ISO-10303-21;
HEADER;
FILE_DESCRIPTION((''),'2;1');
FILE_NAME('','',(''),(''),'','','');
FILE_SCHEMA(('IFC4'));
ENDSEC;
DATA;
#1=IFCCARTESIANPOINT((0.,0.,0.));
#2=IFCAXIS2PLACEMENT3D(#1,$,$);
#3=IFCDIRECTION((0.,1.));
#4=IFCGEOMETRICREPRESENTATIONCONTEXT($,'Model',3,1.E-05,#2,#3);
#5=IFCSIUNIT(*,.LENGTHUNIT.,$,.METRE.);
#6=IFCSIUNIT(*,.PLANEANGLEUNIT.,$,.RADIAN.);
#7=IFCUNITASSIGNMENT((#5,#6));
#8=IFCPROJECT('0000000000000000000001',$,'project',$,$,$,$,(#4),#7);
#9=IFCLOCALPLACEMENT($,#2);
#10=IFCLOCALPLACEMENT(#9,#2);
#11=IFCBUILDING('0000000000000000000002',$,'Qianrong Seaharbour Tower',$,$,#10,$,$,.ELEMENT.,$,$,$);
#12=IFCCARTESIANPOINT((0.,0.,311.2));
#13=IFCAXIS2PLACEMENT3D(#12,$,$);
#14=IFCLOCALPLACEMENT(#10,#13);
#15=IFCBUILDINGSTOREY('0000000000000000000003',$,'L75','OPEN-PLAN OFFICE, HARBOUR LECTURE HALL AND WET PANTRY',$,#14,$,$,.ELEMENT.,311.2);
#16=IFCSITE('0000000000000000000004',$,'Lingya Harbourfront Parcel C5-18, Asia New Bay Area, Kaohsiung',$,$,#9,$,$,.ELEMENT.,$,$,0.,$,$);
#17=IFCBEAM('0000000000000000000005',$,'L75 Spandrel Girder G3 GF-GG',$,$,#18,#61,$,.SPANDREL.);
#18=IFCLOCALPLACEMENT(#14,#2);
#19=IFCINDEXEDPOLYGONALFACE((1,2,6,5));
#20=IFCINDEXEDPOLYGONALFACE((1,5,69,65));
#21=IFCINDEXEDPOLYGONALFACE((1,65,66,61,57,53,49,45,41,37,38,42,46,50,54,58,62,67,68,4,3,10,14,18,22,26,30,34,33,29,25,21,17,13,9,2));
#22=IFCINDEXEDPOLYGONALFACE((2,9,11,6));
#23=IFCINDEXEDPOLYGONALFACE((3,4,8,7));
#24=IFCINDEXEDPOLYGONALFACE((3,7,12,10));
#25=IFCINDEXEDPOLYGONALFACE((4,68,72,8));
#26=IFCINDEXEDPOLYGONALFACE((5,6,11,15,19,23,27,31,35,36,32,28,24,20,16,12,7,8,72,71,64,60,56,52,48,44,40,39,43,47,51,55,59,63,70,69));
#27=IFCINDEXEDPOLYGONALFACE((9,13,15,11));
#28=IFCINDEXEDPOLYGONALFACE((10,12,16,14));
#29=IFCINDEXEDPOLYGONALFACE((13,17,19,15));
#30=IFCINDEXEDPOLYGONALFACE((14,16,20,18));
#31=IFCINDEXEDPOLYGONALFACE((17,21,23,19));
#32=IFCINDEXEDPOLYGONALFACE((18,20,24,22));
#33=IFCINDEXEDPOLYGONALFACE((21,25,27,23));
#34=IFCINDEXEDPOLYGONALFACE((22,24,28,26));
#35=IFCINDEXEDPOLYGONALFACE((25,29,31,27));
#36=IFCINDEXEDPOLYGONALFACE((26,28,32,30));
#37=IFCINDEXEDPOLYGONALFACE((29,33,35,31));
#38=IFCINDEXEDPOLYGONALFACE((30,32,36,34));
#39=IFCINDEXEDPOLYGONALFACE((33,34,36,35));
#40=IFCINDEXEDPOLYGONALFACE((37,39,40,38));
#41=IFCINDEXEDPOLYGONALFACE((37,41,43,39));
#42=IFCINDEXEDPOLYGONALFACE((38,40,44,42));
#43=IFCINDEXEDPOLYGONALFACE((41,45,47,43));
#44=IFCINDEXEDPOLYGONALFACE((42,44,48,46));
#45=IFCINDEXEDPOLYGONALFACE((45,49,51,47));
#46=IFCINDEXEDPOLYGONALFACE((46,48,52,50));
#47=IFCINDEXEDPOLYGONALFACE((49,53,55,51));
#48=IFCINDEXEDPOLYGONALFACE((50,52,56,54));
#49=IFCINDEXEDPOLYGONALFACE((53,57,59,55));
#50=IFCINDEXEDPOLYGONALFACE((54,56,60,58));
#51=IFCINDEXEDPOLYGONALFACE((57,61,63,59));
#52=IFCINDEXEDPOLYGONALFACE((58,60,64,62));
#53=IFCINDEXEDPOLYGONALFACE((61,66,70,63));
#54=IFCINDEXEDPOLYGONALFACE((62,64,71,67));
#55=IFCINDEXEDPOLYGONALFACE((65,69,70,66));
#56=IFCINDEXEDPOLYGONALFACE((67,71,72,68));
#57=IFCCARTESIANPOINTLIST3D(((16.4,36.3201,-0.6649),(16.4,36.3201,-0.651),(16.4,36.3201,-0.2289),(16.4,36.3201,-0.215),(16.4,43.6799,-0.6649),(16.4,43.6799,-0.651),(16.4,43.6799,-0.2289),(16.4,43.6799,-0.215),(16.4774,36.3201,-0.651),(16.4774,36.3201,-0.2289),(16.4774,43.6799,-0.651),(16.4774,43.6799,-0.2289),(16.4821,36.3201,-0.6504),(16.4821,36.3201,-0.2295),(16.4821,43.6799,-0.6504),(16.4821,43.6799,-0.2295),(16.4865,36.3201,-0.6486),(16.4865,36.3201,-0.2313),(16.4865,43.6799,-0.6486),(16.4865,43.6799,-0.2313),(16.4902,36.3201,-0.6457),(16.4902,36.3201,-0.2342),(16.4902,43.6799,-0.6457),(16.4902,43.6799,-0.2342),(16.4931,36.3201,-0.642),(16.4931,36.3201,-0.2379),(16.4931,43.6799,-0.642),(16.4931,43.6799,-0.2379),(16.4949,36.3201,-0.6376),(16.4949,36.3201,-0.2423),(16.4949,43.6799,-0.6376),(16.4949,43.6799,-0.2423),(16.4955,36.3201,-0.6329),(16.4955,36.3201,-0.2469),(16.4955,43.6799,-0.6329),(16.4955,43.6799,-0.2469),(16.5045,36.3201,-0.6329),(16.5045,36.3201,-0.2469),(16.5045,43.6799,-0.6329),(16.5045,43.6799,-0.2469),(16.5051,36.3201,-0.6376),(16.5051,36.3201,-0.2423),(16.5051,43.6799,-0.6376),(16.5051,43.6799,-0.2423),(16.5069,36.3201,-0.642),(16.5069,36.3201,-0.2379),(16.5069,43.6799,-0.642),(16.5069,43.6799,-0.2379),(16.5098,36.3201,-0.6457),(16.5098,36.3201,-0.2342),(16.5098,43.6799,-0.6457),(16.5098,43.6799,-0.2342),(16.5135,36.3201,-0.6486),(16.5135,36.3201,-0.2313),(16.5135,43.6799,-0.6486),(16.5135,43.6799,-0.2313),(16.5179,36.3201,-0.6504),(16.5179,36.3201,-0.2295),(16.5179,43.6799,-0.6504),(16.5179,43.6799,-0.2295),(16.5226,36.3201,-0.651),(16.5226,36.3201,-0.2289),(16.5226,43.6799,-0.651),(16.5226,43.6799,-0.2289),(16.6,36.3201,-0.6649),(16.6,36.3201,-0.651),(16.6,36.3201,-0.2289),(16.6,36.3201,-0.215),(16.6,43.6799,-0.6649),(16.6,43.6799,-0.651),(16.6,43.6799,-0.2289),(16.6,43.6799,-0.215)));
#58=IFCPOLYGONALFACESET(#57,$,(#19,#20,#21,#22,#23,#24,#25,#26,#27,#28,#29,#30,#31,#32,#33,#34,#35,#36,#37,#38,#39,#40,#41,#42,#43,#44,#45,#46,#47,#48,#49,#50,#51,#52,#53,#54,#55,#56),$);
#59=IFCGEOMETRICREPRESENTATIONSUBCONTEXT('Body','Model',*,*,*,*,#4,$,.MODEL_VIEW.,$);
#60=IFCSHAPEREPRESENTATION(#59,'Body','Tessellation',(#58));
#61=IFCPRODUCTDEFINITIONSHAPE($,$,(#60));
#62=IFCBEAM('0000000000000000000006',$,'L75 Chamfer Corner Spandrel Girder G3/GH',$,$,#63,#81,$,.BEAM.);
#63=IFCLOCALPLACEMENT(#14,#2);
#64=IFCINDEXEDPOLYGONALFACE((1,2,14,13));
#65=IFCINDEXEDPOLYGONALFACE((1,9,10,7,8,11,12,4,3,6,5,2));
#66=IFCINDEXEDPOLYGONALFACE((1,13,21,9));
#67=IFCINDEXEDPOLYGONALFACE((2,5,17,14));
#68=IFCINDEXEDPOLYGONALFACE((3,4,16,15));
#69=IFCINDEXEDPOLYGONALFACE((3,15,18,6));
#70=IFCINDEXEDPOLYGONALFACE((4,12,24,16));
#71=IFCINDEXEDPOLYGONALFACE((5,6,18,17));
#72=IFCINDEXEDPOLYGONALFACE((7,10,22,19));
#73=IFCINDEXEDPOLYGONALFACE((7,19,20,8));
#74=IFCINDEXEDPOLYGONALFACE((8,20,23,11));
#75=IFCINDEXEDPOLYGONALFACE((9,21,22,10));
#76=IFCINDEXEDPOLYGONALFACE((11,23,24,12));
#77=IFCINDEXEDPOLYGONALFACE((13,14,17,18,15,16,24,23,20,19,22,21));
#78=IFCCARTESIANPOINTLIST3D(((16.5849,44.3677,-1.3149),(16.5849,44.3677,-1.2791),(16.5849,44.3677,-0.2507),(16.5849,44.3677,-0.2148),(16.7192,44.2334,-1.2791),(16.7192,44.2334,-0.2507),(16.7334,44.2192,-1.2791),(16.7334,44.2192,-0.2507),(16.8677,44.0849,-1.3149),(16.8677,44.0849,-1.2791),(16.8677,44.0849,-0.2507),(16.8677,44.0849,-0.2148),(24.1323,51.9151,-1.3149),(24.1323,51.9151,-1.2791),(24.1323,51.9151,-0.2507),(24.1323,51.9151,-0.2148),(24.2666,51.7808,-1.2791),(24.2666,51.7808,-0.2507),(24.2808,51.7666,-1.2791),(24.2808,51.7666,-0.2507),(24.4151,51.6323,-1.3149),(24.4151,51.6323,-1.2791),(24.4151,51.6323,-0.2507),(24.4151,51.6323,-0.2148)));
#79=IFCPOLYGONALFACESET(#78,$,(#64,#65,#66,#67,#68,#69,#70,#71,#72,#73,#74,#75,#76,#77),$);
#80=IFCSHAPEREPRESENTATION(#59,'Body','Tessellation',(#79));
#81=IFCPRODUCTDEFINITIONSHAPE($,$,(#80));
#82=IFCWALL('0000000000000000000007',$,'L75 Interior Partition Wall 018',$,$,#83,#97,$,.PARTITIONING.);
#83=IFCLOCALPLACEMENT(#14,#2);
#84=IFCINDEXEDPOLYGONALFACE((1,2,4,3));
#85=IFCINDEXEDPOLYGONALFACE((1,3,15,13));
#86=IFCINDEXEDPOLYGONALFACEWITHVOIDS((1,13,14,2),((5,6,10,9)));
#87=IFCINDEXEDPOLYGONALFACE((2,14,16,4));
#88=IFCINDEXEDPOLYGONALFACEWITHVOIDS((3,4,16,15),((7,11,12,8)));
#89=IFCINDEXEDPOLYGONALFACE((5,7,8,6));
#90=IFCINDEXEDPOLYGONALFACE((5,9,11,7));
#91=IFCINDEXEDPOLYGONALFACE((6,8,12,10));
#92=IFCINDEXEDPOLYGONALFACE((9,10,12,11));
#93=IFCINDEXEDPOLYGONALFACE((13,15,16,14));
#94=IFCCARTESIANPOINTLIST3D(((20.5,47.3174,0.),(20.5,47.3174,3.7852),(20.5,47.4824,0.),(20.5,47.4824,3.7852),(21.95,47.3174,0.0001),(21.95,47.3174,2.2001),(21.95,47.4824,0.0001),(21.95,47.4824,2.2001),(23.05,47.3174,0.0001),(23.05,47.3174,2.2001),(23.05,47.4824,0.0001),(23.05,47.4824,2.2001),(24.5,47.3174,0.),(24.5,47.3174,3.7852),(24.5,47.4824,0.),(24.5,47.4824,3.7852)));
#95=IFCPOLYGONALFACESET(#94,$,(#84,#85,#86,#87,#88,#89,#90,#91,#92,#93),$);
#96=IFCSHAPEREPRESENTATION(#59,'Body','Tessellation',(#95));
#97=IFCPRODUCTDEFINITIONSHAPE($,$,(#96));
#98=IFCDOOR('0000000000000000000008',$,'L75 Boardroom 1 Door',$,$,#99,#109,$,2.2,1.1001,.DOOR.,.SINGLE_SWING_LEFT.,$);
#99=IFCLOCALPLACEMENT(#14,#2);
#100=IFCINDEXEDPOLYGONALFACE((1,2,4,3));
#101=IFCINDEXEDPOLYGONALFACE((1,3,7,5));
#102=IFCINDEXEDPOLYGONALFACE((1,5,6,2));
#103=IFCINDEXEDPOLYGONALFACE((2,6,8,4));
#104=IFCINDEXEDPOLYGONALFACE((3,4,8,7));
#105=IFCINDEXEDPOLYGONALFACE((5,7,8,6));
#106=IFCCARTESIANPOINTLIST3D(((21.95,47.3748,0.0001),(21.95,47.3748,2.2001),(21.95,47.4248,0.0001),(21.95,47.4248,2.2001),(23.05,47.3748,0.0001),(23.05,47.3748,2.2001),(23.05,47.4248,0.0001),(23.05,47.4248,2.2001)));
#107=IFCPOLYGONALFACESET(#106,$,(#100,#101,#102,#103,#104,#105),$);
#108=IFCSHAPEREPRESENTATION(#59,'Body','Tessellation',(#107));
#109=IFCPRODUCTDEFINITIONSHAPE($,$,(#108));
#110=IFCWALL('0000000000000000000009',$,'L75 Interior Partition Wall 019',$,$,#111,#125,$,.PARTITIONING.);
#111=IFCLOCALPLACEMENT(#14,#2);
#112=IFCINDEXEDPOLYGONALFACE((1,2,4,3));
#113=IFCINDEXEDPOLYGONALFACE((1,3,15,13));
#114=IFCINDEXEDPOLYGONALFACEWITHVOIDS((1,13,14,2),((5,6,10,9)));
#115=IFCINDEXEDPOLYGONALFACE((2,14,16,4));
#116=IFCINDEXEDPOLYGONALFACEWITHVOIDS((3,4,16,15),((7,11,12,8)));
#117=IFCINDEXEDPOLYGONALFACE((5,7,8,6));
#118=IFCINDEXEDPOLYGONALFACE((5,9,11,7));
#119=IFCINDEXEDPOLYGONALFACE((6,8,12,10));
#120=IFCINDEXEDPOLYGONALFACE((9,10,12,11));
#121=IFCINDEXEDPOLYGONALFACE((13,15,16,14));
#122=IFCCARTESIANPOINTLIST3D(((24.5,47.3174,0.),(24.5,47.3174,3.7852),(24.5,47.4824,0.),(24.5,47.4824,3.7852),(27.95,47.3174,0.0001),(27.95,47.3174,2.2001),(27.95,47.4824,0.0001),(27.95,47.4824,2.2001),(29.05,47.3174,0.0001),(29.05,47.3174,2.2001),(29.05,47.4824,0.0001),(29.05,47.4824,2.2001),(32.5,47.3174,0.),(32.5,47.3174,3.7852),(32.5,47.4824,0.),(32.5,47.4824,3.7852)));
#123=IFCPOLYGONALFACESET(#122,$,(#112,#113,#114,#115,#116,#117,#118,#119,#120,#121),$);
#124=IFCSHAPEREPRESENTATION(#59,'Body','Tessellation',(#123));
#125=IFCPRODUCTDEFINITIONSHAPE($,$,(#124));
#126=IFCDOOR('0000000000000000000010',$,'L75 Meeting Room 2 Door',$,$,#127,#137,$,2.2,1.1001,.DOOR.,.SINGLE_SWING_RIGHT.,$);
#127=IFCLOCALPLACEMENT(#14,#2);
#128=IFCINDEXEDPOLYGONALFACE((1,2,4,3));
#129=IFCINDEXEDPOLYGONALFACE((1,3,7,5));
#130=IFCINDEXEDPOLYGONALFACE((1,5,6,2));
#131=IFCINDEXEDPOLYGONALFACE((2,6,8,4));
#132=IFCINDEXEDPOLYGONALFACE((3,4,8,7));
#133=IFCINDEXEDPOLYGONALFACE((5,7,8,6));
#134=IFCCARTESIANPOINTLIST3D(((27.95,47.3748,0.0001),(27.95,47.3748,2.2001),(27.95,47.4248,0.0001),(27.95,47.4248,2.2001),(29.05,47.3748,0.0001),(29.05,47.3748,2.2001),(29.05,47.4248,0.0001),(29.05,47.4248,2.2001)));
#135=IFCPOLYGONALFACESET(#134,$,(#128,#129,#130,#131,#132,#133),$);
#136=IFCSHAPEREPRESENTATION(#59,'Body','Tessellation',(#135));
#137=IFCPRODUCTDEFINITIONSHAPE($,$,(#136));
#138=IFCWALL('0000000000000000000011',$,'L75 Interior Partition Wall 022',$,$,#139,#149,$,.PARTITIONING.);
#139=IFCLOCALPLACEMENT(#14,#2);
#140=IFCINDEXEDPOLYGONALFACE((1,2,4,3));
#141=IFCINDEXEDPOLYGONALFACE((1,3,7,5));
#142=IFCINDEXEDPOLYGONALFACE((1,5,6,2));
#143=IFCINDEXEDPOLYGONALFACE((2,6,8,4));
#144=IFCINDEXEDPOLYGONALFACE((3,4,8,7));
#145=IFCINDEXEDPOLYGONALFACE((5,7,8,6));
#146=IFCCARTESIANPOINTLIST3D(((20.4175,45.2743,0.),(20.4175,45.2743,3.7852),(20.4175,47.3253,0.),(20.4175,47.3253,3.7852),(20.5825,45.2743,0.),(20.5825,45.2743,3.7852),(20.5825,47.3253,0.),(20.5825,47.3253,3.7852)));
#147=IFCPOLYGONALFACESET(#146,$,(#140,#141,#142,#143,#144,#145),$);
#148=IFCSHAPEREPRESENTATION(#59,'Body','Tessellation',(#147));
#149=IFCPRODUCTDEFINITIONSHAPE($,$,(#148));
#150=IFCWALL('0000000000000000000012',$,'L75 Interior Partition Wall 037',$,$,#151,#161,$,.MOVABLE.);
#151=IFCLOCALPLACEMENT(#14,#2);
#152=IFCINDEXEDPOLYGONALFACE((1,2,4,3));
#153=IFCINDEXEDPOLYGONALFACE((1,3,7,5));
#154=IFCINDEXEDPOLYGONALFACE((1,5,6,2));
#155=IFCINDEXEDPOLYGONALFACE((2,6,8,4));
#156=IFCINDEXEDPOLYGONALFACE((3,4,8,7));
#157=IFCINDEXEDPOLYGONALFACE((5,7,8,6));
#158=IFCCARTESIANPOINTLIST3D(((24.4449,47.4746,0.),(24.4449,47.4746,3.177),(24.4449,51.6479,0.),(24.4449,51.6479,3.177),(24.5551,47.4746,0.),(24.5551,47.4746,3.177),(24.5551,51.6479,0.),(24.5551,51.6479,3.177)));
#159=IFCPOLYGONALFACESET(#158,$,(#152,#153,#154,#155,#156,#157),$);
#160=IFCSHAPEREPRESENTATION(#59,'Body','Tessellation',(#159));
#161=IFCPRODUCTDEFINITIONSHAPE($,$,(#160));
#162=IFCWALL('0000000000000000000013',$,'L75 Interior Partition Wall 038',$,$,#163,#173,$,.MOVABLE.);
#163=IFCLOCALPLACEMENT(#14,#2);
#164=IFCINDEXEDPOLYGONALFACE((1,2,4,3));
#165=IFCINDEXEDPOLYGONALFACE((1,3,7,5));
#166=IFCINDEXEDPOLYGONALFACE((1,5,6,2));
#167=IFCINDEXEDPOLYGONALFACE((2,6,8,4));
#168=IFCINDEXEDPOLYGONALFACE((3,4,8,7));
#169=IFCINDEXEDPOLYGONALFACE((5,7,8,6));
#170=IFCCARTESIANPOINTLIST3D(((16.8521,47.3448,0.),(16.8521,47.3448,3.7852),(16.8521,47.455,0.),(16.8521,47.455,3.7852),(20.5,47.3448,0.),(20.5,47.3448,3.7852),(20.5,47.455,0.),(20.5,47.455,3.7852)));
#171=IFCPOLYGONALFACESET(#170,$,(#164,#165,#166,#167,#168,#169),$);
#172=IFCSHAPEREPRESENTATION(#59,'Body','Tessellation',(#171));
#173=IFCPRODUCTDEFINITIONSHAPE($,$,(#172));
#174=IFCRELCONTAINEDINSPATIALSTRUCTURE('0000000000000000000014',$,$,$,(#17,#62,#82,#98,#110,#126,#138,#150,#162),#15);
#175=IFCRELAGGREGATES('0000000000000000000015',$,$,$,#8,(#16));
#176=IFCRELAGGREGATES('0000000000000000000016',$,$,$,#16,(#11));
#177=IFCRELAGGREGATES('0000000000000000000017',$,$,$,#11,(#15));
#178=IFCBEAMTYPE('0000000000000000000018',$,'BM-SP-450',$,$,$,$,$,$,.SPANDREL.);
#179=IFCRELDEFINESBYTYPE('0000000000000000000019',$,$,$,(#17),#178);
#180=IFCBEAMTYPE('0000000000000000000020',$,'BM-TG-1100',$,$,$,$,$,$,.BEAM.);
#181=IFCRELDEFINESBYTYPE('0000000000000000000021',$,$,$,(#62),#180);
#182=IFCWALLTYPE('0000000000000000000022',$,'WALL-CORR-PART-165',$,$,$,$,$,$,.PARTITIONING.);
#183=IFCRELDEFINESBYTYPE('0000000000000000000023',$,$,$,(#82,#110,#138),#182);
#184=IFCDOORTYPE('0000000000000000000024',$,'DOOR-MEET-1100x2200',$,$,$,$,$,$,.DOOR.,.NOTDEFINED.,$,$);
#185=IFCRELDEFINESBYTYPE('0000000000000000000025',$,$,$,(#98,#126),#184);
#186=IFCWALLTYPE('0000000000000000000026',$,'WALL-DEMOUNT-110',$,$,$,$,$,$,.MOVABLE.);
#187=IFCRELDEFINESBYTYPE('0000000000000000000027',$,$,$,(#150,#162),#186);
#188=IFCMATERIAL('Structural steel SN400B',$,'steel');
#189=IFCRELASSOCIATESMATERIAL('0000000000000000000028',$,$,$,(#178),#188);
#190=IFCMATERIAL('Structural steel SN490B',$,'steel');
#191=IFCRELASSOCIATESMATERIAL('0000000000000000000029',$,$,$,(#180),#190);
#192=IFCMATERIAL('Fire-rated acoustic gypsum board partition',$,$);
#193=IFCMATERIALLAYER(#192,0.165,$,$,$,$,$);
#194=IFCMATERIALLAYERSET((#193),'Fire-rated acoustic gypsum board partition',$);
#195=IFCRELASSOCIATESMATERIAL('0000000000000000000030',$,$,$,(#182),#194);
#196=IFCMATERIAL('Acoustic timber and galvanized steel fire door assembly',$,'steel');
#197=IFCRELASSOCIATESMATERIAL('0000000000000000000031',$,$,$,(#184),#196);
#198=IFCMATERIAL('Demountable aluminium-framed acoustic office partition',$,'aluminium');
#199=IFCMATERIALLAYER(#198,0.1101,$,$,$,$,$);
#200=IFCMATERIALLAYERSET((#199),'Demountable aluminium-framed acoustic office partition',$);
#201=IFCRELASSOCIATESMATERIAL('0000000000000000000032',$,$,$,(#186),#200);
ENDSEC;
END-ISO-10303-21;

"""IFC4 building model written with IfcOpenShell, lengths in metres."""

from ifc_helpers import new_model, si_unit, direction, frame, frame_2d, origin, origin_2d, place, context, subcontext, project, spatial, rectangle, i_section, extrude, material, layer, layer_set, material_profile, profile_set, type_object, element, fill, save


model = new_model("IFC4")

# Units and contexts
model_context = context("Model", 3, precision=1e-05, world=origin(), true_north=direction((0.0, 1.0)))
body_context = subcontext(model_context, "Body", "Model", "MODEL_VIEW")
ifc_project = project(units=[si_unit("LENGTHUNIT", "METRE"), si_unit("PLANEANGLEUNIT", "RADIAN")], contexts=[model_context])

# Site, building, storey
site_placement = place(None, origin())
site = spatial("IfcSite", under=ifc_project, at=site_placement, Name="Lingya Harbourfront Parcel C5-18, Asia New Bay Area, Kaohsiung", CompositionType="ELEMENT", RefElevation=0.0)
building_placement = place(site_placement, origin())
building = spatial("IfcBuilding", under=site, at=building_placement, Name="Qianrong Seaharbour Tower", CompositionType="ELEMENT")
storey_placement = place(building_placement, frame((0.0, 0.0, 311.2)))
storey = spatial("IfcBuildingStorey", under=building, at=storey_placement, Name="L75", Description="OPEN-PLAN OFFICE, HARBOUR LECTURE HALL AND WET PANTRY", CompositionType="ELEMENT", Elevation=311.2)

# Shared definitions
ifc_material_1 = material(Name="Structural steel SN490B", Category="steel")
ifc_material_2 = material(Name="Structural steel SN400B", Category="steel")

# Beams
ifc_material_profile_1 = material_profile(ifc_material_2, i_section(OverallWidth=0.2, OverallDepth=0.45, WebThickness=0.009, FlangeThickness=0.0139, FilletRadius=0.0181, at=origin_2d()), Name="H450x200x9x14")
ifc_profile_set_1 = profile_set([ifc_material_profile_1], Name="Structural steel SN400B")
beam_type_1 = type_object("IfcBeamType", Name="BM-SP-450", PredefinedType="SPANDREL", material=ifc_profile_set_1)
for number, where, z_axis, x_axis, name in (
    (1, (16.5, 36.3201, -0.4399), (0.0, 1.0, 0.0), (-1.0, 0.0, 0.0), "L75 Spandrel Girder G3 GF-GG"),
):
    element("IfcBeam", number, at=place(storey_placement, frame(where, z_axis=z_axis, x_axis=x_axis)), inside=storey, type_object=beam_type_1, Name=name, PredefinedType="SPANDREL", context=body_context, shape_type="SweptSolid", body=[
        extrude(i_section(OverallWidth=0.2, OverallDepth=0.45, WebThickness=0.009, FlangeThickness=0.0139, FilletRadius=0.0181, at=origin_2d()), origin(), (0.0, 0.0, 1.0), 7.3599),
    ])
ifc_material_profile_2 = material_profile(ifc_material_1, i_section(OverallWidth=0.3999, OverallDepth=1.1001, WebThickness=0.02, FlangeThickness=0.0359, at=origin_2d()), Name="BH1100x400x20x36")
ifc_profile_set_2 = profile_set([ifc_material_profile_2], Name="Structural steel SN490B")
beam_type_2 = type_object("IfcBeamType", Name="BM-TG-1100", PredefinedType="BEAM", material=ifc_profile_set_2)
beam_1_placement = place(storey_placement, frame((24.2737, 51.7737, -0.7649), z_axis=(-0.707107, -0.707107, 0.0), x_axis=(0.707107, -0.707107, 0.0)))
element("IfcBeam", 2, at=beam_1_placement, inside=storey, type_object=beam_type_2, Name="L75 Chamfer Corner Spandrel Girder G3/GH", PredefinedType="BEAM", context=body_context, shape_type="SweptSolid", body=[
    extrude(i_section(OverallWidth=0.3999, OverallDepth=1.1001, WebThickness=0.02, FlangeThickness=0.0359, at=origin_2d()), origin(), (0.0, 0.0, 1.0), 10.6736),
])

# Walls, openings, doors
ifc_material_3 = material(Name="Fire-rated acoustic gypsum board partition")
ifc_layer_1 = layer(ifc_material_3, 0.165)
ifc_layer_set_1 = layer_set([ifc_layer_1], Name="Fire-rated acoustic gypsum board partition")
wall_type_1 = type_object("IfcWallType", Name="WALL-CORR-PART-165", PredefinedType="PARTITIONING", material=ifc_layer_set_1)
wall_1_placement = place(storey_placement, frame((20.5, 47.3999, 0.0), z_axis=(0.0, 0.0, 1.0), x_axis=(1.0, 0.0, 0.0)))
wall_1 = element("IfcWall", 3, at=wall_1_placement, inside=storey, type_object=wall_type_1, Name="L75 Interior Partition Wall 018", PredefinedType="PARTITIONING", context=body_context, shape_type="SweptSolid", body=[
    extrude(rectangle(XDim=4.0, YDim=0.165, at=frame_2d((2.0, 0.0))), origin(), (0.0, 0.0, 1.0), 3.7852),
])
opening_1_placement = place(wall_1_placement, frame((1.45, 0.0, 0.0)))
opening_1 = element("IfcOpeningElement", 4, at=opening_1_placement, cuts=wall_1, PredefinedType="OPENING", context=body_context, shape_type="SweptSolid", body=[
    extrude(rectangle(XDim=1.1001, YDim=2.2, at=frame_2d((0.55, 1.1001))), frame((0.0, 0.0925, 0.0), z_axis=(0.0, -1.0, 0.0), x_axis=(1.0, 0.0, 0.0)), (0.0, 0.0, 1.0), 0.1851),
])
ifc_material_4 = material(Name="Acoustic timber and galvanized steel fire door assembly", Category="steel")
door_type_1 = type_object("IfcDoorType", Name="DOOR-MEET-1100x2200", OperationType="NOTDEFINED", PredefinedType="DOOR", material=ifc_material_4)
door_1_placement = place(opening_1_placement, origin())
door_1 = element("IfcDoor", 5, at=door_1_placement, inside=storey, type_object=door_type_1, Name="L75 Boardroom 1 Door", OperationType="SINGLE_SWING_LEFT", OverallHeight=2.2, OverallWidth=1.1001, PredefinedType="DOOR", context=body_context, shape_type="SweptSolid", body=[
    extrude(rectangle(XDim=1.1001, YDim=2.2, at=frame_2d((0.55, 1.1001))), frame((0.0, 0.0249, 0.0), z_axis=(0.0, -1.0, 0.0), x_axis=(1.0, 0.0, 0.0)), (0.0, 0.0, 1.0), 0.05),
])
fill(opening_1, door_1)
wall_2_placement = place(storey_placement, frame((24.5, 47.3999, 0.0), z_axis=(0.0, 0.0, 1.0), x_axis=(1.0, 0.0, 0.0)))
wall_2 = element("IfcWall", 6, at=wall_2_placement, inside=storey, type_object=wall_type_1, Name="L75 Interior Partition Wall 019", PredefinedType="PARTITIONING", context=body_context, shape_type="SweptSolid", body=[
    extrude(rectangle(XDim=8.0, YDim=0.165, at=frame_2d((4.0, 0.0))), origin(), (0.0, 0.0, 1.0), 3.7852),
])
opening_2_placement = place(wall_2_placement, frame((3.45, 0.0, 0.0)))
opening_2 = element("IfcOpeningElement", 7, at=opening_2_placement, cuts=wall_2, PredefinedType="OPENING", context=body_context, shape_type="SweptSolid", body=[
    extrude(rectangle(XDim=1.1001, YDim=2.2, at=frame_2d((0.55, 1.1001))), frame((0.0, 0.0925, 0.0), z_axis=(0.0, -1.0, 0.0), x_axis=(1.0, 0.0, 0.0)), (0.0, 0.0, 1.0), 0.1851),
])
door_2_placement = place(opening_2_placement, origin())
door_2 = element("IfcDoor", 8, at=door_2_placement, inside=storey, type_object=door_type_1, Name="L75 Meeting Room 2 Door", OperationType="SINGLE_SWING_RIGHT", OverallHeight=2.2, OverallWidth=1.1001, PredefinedType="DOOR", context=body_context, shape_type="SweptSolid", body=[
    extrude(rectangle(XDim=1.1001, YDim=2.2, at=frame_2d((0.55, 1.1001))), frame((0.0, 0.0249, 0.0), z_axis=(0.0, -1.0, 0.0), x_axis=(1.0, 0.0, 0.0)), (0.0, 0.0, 1.0), 0.05),
])
fill(opening_2, door_2)

# Walls
wall_3_placement = place(storey_placement, frame((20.5, 45.2744, 0.0), z_axis=(0.0, 0.0, 1.0), x_axis=(0.0, 1.0, 0.0)))
element("IfcWall", 9, at=wall_3_placement, inside=storey, type_object=wall_type_1, Name="L75 Interior Partition Wall 022", PredefinedType="PARTITIONING", context=body_context, shape_type="SweptSolid", body=[
    extrude(rectangle(XDim=2.051, YDim=0.165, at=frame_2d((1.0254, 0.0))), origin(), (0.0, 0.0, 1.0), 3.7852),
])
ifc_material_5 = material(Name="Demountable aluminium-framed acoustic office partition", Category="aluminium")
ifc_layer_2 = layer(ifc_material_5, 0.1101)
ifc_layer_set_2 = layer_set([ifc_layer_2], Name="Demountable aluminium-framed acoustic office partition")
wall_type_2 = type_object("IfcWallType", Name="WALL-DEMOUNT-110", PredefinedType="MOVABLE", material=ifc_layer_set_2)
wall_4_placement = place(storey_placement, frame((24.5, 51.6479, 0.0), z_axis=(0.0, 0.0, 1.0), x_axis=(0.0, -1.0, 0.0)))
element("IfcWall", 10, at=wall_4_placement, inside=storey, type_object=wall_type_2, Name="L75 Interior Partition Wall 037", PredefinedType="MOVABLE", context=body_context, shape_type="SweptSolid", body=[
    extrude(rectangle(XDim=4.1733, YDim=0.1101, at=frame_2d((2.0867, 0.0))), origin(), (0.0, 0.0, 1.0), 3.177),
])
wall_5_placement = place(storey_placement, frame((20.5, 47.3999, 0.0), z_axis=(0.0, 0.0, 1.0), x_axis=(-1.0, 0.0, 0.0)))
element("IfcWall", 11, at=wall_5_placement, inside=storey, type_object=wall_type_2, Name="L75 Interior Partition Wall 038", PredefinedType="MOVABLE", context=body_context, shape_type="SweptSolid", body=[
    extrude(rectangle(XDim=3.6479, YDim=0.1101, at=frame_2d((1.824, 0.0))), origin(), (0.0, 0.0, 1.0), 3.7852),
])

save(model, "model.ifc")
